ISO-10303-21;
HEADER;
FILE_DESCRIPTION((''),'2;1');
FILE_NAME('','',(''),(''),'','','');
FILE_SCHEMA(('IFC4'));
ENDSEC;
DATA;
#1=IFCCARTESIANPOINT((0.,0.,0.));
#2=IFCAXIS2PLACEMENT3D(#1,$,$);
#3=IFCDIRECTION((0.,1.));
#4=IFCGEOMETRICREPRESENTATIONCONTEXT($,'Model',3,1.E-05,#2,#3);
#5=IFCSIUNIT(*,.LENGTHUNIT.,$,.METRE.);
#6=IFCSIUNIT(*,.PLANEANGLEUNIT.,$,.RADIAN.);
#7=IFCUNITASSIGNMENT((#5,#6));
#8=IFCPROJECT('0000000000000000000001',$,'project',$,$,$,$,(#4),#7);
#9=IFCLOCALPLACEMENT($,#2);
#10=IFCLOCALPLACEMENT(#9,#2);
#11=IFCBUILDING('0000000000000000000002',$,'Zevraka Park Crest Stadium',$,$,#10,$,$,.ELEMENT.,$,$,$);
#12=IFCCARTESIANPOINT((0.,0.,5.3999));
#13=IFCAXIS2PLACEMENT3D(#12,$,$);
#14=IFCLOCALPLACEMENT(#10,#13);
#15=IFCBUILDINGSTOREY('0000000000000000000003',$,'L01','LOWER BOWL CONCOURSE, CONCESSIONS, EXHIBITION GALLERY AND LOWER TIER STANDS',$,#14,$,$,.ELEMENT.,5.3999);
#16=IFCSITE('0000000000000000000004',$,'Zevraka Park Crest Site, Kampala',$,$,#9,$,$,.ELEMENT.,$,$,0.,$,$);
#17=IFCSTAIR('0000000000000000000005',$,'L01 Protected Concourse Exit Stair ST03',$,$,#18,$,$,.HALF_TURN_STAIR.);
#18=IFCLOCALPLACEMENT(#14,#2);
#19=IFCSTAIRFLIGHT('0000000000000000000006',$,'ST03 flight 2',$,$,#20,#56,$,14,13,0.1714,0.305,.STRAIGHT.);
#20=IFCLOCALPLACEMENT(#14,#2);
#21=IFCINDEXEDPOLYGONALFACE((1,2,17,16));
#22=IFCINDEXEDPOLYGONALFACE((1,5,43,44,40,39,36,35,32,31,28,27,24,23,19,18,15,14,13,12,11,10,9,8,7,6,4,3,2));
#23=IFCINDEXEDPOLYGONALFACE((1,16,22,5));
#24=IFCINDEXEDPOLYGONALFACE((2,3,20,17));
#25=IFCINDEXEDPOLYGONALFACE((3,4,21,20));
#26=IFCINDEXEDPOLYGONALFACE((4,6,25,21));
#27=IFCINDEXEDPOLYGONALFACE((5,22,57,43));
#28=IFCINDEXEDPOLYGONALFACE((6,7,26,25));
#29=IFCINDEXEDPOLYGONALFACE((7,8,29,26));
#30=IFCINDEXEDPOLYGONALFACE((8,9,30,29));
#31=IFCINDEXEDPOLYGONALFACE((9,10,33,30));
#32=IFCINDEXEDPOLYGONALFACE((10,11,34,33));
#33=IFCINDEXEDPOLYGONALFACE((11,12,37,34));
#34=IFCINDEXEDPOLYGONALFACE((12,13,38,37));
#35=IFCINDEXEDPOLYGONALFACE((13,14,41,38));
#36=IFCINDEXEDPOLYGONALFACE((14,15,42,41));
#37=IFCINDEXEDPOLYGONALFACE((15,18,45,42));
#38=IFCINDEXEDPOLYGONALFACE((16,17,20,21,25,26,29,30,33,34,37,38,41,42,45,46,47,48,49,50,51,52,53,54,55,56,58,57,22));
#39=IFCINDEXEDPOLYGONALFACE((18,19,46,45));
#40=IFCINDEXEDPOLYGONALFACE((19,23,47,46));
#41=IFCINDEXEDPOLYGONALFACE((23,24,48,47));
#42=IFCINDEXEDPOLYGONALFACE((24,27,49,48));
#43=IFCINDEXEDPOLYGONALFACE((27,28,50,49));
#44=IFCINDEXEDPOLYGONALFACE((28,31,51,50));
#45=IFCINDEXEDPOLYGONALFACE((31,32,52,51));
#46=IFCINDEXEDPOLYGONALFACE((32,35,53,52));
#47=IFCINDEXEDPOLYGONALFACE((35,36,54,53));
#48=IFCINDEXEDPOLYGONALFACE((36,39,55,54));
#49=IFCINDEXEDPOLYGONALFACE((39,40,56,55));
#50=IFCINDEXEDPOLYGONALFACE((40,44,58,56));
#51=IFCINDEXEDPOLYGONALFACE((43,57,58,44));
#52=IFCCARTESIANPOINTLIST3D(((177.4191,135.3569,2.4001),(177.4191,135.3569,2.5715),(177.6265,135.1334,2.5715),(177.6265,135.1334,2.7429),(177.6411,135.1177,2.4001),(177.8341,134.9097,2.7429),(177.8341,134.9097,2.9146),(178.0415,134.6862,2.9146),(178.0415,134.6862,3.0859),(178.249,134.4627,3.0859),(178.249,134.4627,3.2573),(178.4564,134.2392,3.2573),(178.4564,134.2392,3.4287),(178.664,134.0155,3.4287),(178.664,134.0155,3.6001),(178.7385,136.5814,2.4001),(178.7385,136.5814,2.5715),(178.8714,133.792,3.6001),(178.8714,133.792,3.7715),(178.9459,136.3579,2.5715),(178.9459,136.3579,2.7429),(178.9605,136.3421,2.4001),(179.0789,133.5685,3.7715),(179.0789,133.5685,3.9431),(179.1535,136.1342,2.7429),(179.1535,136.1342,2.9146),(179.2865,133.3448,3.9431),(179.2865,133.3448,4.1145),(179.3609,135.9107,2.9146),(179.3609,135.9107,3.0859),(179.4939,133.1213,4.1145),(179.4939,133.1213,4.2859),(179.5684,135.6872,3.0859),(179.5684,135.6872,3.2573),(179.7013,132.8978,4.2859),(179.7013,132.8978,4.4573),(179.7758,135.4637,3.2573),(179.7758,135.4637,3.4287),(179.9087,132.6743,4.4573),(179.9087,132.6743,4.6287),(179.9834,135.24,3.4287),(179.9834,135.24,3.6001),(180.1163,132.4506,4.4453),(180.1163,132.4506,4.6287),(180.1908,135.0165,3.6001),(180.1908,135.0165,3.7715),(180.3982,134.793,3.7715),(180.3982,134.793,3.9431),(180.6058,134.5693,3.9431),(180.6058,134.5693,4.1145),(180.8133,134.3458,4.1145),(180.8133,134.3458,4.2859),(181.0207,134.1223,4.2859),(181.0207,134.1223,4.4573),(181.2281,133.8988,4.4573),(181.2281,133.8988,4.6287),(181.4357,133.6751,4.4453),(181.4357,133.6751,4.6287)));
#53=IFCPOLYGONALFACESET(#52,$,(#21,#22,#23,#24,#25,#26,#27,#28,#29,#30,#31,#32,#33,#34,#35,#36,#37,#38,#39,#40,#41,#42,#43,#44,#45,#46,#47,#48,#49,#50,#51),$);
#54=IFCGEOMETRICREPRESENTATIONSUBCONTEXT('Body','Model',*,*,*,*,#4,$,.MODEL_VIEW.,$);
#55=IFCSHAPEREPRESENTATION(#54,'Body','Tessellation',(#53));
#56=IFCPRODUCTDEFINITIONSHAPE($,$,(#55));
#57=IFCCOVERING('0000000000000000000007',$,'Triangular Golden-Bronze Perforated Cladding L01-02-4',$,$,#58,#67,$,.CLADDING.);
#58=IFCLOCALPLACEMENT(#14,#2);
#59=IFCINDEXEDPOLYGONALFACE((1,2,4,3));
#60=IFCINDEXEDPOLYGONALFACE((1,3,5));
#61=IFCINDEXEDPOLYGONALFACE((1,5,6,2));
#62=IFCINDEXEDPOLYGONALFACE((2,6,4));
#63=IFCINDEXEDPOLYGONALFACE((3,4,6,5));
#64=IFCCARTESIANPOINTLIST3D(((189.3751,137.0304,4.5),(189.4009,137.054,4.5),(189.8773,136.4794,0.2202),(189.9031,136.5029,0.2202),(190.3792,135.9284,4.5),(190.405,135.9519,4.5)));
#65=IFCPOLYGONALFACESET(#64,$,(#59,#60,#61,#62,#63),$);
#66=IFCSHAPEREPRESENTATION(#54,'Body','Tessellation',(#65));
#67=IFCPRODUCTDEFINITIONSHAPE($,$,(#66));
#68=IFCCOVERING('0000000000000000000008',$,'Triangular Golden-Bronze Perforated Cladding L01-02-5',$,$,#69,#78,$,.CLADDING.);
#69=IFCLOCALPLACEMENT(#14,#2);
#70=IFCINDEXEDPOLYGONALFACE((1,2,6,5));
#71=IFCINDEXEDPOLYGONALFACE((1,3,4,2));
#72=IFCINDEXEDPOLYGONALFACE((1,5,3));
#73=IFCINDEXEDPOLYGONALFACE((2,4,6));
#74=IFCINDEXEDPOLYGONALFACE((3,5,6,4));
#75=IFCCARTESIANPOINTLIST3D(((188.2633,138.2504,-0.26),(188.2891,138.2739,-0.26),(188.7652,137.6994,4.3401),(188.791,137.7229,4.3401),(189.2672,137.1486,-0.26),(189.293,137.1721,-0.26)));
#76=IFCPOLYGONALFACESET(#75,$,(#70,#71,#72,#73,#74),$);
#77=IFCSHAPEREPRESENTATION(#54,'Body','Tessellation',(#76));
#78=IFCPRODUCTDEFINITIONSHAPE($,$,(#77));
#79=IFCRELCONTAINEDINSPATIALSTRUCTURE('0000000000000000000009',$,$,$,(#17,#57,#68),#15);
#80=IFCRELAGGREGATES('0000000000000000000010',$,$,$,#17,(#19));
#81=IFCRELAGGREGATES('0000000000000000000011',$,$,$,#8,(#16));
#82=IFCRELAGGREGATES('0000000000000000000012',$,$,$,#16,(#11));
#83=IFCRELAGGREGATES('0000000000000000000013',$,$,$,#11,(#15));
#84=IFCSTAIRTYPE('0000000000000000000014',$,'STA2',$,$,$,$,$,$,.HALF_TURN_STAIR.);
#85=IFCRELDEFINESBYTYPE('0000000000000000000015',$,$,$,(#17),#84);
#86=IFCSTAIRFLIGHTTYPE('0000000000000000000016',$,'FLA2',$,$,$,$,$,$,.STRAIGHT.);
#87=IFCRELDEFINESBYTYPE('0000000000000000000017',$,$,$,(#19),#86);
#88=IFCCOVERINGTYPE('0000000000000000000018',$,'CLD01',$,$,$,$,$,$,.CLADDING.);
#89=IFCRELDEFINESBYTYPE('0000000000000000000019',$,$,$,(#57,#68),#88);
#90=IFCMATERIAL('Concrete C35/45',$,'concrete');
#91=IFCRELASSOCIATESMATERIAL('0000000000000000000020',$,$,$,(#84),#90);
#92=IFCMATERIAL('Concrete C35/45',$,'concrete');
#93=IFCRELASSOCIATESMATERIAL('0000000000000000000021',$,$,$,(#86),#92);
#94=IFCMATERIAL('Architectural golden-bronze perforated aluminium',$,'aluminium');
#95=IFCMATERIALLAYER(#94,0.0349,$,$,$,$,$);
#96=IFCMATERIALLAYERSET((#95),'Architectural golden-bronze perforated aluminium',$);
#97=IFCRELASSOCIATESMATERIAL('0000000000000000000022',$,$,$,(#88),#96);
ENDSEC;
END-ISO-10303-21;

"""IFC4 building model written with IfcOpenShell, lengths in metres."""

from ifc_helpers import new_model, si_unit, direction, frame, origin, place, context, subcontext, project, spatial, polyline, outline, extrude, material, layer, layer_set, type_object, element, aggregate, save


model = new_model("IFC4")

# Units and contexts
model_context = context("Model", 3, precision=1e-05, world=origin(), true_north=direction((0.0, 1.0)))
body_context = subcontext(model_context, "Body", "Model", "MODEL_VIEW")
ifc_project = project(units=[si_unit("LENGTHUNIT", "METRE"), si_unit("PLANEANGLEUNIT", "RADIAN")], contexts=[model_context])

# Site, building, storey
site_placement = place(None, origin())
site = spatial("IfcSite", under=ifc_project, at=site_placement, Name="Zevraka Park Crest Site, Kampala", CompositionType="ELEMENT", RefElevation=0.0)
building_placement = place(site_placement, origin())
building = spatial("IfcBuilding", under=site, at=building_placement, Name="Zevraka Park Crest Stadium", CompositionType="ELEMENT")
storey_placement = place(building_placement, frame((0.0, 0.0, 5.3999)))
storey = spatial("IfcBuildingStorey", under=building, at=storey_placement, Name="L01", Description="LOWER BOWL CONCOURSE, CONCESSIONS, EXHIBITION GALLERY AND LOWER TIER STANDS", CompositionType="ELEMENT", Elevation=5.3999)

# Stair, stair flight
ifc_material_1 = material(Name="Concrete C35/45", Category="concrete")
stair_type = type_object("IfcStairType", Name="STA2", PredefinedType="HALF_TURN_STAIR", material=ifc_material_1)
stair_placement = place(storey_placement, origin())
stair = element("IfcStair", 1, at=stair_placement, inside=storey, type_object=stair_type, Name="L01 Protected Concourse Exit Stair ST03", PredefinedType="HALF_TURN_STAIR")
ifc_material_2 = material(Name="Concrete C35/45", Category="concrete")
stair_flight_type = type_object("IfcStairFlightType", Name="FLA2", PredefinedType="STRAIGHT", material=ifc_material_2)
stair_flight_1_placement = place(storey_placement, frame((178.0789, 135.9692, 2.4001), z_axis=(0.0, 0.0, 1.0), x_axis=(0.680255, -0.732975, 0.0)))
stair_flight_1 = element("IfcStairFlight", 2, at=stair_flight_1_placement, type_object=stair_flight_type, Name="ST03 flight 2", NumberOfRisers=14, NumberOfTreads=13, PredefinedType="STRAIGHT", RiserHeight=0.1714, TreadLength=0.305, context=body_context, shape_type="SweptSolid", body=[
    extrude(outline(polyline([(0.0, 0.0), (0.0, 0.1714), (0.3049, 0.1714), (0.3049, 0.3428), (0.6101, 0.3428), (0.6101, 0.5144), (0.915, 0.5144), (0.915, 0.6858), (1.22, 0.6858), (1.22, 0.8572), (1.5249, 0.8572), (1.5249, 1.0286), (1.8301, 1.0286), (1.8301, 1.2), (2.135, 1.2), (2.135, 1.3713), (2.4399, 1.3713), (2.4399, 1.543), (2.7451, 1.543), (2.7451, 1.7144), (3.05, 1.7144), (3.05, 1.8857), (3.355, 1.8857), (3.355, 2.0571), (3.6599, 2.0571), (3.6599, 2.2285), (3.9651, 2.2285), (3.9651, 2.3999), (3.9651, 2.0452), (0.3264, 0.0), (0.0, 0.0)])), frame((0.0, 0.8999, 0.0), z_axis=(0.0, -1.0, 0.0), x_axis=(1.0, 0.0, 0.0)), (0.0, 0.0, 1.0), 1.8),
])
aggregate(stair, [stair_flight_1])

# Coverings
ifc_material_3 = material(Name="Architectural golden-bronze perforated aluminium", Category="aluminium")
ifc_layer_1 = layer(ifc_material_3, 0.0349)
ifc_layer_set_1 = layer_set([ifc_layer_1], Name="Architectural golden-bronze perforated aluminium")
covering_type = type_object("IfcCoveringType", Name="CLD01", PredefinedType="CLADDING", material=ifc_layer_set_1)
covering_1_placement = place(storey_placement, frame((189.4009, 137.054, 4.5), z_axis=(0.739176, 0.673512, 0.000021), x_axis=(0.673512, -0.739176, 0.0)))
element("IfcCovering", 3, at=covering_1_placement, inside=storey, type_object=covering_type, Name="Triangular Golden-Bronze Perforated Cladding L01-02-4", PredefinedType="CLADDING", context=body_context, shape_type="SweptSolid", body=[
    extrude(outline(polyline([(0.0, 0.0), (1.4909, 0.0), (0.7455, 4.2798), (0.0, 0.0)])), origin(), (0.0, 0.0, -1.0), 0.0349),
])
covering_2_placement = place(storey_placement, frame((189.293, 137.1721, -0.26), z_axis=(0.739184, 0.673504, 0.000018), x_axis=(-0.673504, 0.739184, 0.0)))
element("IfcCovering", 4, at=covering_2_placement, inside=storey, type_object=covering_type, Name="Triangular Golden-Bronze Perforated Cladding L01-02-5", PredefinedType="CLADDING", context=body_context, shape_type="SweptSolid", body=[
    extrude(outline(polyline([(0.0, 0.0), (1.4906, 0.0), (0.7452, 4.6001), (0.0, 0.0)])), origin(), (0.0, 0.0, -1.0), 0.0349),
])

save(model, "model.ifc")
